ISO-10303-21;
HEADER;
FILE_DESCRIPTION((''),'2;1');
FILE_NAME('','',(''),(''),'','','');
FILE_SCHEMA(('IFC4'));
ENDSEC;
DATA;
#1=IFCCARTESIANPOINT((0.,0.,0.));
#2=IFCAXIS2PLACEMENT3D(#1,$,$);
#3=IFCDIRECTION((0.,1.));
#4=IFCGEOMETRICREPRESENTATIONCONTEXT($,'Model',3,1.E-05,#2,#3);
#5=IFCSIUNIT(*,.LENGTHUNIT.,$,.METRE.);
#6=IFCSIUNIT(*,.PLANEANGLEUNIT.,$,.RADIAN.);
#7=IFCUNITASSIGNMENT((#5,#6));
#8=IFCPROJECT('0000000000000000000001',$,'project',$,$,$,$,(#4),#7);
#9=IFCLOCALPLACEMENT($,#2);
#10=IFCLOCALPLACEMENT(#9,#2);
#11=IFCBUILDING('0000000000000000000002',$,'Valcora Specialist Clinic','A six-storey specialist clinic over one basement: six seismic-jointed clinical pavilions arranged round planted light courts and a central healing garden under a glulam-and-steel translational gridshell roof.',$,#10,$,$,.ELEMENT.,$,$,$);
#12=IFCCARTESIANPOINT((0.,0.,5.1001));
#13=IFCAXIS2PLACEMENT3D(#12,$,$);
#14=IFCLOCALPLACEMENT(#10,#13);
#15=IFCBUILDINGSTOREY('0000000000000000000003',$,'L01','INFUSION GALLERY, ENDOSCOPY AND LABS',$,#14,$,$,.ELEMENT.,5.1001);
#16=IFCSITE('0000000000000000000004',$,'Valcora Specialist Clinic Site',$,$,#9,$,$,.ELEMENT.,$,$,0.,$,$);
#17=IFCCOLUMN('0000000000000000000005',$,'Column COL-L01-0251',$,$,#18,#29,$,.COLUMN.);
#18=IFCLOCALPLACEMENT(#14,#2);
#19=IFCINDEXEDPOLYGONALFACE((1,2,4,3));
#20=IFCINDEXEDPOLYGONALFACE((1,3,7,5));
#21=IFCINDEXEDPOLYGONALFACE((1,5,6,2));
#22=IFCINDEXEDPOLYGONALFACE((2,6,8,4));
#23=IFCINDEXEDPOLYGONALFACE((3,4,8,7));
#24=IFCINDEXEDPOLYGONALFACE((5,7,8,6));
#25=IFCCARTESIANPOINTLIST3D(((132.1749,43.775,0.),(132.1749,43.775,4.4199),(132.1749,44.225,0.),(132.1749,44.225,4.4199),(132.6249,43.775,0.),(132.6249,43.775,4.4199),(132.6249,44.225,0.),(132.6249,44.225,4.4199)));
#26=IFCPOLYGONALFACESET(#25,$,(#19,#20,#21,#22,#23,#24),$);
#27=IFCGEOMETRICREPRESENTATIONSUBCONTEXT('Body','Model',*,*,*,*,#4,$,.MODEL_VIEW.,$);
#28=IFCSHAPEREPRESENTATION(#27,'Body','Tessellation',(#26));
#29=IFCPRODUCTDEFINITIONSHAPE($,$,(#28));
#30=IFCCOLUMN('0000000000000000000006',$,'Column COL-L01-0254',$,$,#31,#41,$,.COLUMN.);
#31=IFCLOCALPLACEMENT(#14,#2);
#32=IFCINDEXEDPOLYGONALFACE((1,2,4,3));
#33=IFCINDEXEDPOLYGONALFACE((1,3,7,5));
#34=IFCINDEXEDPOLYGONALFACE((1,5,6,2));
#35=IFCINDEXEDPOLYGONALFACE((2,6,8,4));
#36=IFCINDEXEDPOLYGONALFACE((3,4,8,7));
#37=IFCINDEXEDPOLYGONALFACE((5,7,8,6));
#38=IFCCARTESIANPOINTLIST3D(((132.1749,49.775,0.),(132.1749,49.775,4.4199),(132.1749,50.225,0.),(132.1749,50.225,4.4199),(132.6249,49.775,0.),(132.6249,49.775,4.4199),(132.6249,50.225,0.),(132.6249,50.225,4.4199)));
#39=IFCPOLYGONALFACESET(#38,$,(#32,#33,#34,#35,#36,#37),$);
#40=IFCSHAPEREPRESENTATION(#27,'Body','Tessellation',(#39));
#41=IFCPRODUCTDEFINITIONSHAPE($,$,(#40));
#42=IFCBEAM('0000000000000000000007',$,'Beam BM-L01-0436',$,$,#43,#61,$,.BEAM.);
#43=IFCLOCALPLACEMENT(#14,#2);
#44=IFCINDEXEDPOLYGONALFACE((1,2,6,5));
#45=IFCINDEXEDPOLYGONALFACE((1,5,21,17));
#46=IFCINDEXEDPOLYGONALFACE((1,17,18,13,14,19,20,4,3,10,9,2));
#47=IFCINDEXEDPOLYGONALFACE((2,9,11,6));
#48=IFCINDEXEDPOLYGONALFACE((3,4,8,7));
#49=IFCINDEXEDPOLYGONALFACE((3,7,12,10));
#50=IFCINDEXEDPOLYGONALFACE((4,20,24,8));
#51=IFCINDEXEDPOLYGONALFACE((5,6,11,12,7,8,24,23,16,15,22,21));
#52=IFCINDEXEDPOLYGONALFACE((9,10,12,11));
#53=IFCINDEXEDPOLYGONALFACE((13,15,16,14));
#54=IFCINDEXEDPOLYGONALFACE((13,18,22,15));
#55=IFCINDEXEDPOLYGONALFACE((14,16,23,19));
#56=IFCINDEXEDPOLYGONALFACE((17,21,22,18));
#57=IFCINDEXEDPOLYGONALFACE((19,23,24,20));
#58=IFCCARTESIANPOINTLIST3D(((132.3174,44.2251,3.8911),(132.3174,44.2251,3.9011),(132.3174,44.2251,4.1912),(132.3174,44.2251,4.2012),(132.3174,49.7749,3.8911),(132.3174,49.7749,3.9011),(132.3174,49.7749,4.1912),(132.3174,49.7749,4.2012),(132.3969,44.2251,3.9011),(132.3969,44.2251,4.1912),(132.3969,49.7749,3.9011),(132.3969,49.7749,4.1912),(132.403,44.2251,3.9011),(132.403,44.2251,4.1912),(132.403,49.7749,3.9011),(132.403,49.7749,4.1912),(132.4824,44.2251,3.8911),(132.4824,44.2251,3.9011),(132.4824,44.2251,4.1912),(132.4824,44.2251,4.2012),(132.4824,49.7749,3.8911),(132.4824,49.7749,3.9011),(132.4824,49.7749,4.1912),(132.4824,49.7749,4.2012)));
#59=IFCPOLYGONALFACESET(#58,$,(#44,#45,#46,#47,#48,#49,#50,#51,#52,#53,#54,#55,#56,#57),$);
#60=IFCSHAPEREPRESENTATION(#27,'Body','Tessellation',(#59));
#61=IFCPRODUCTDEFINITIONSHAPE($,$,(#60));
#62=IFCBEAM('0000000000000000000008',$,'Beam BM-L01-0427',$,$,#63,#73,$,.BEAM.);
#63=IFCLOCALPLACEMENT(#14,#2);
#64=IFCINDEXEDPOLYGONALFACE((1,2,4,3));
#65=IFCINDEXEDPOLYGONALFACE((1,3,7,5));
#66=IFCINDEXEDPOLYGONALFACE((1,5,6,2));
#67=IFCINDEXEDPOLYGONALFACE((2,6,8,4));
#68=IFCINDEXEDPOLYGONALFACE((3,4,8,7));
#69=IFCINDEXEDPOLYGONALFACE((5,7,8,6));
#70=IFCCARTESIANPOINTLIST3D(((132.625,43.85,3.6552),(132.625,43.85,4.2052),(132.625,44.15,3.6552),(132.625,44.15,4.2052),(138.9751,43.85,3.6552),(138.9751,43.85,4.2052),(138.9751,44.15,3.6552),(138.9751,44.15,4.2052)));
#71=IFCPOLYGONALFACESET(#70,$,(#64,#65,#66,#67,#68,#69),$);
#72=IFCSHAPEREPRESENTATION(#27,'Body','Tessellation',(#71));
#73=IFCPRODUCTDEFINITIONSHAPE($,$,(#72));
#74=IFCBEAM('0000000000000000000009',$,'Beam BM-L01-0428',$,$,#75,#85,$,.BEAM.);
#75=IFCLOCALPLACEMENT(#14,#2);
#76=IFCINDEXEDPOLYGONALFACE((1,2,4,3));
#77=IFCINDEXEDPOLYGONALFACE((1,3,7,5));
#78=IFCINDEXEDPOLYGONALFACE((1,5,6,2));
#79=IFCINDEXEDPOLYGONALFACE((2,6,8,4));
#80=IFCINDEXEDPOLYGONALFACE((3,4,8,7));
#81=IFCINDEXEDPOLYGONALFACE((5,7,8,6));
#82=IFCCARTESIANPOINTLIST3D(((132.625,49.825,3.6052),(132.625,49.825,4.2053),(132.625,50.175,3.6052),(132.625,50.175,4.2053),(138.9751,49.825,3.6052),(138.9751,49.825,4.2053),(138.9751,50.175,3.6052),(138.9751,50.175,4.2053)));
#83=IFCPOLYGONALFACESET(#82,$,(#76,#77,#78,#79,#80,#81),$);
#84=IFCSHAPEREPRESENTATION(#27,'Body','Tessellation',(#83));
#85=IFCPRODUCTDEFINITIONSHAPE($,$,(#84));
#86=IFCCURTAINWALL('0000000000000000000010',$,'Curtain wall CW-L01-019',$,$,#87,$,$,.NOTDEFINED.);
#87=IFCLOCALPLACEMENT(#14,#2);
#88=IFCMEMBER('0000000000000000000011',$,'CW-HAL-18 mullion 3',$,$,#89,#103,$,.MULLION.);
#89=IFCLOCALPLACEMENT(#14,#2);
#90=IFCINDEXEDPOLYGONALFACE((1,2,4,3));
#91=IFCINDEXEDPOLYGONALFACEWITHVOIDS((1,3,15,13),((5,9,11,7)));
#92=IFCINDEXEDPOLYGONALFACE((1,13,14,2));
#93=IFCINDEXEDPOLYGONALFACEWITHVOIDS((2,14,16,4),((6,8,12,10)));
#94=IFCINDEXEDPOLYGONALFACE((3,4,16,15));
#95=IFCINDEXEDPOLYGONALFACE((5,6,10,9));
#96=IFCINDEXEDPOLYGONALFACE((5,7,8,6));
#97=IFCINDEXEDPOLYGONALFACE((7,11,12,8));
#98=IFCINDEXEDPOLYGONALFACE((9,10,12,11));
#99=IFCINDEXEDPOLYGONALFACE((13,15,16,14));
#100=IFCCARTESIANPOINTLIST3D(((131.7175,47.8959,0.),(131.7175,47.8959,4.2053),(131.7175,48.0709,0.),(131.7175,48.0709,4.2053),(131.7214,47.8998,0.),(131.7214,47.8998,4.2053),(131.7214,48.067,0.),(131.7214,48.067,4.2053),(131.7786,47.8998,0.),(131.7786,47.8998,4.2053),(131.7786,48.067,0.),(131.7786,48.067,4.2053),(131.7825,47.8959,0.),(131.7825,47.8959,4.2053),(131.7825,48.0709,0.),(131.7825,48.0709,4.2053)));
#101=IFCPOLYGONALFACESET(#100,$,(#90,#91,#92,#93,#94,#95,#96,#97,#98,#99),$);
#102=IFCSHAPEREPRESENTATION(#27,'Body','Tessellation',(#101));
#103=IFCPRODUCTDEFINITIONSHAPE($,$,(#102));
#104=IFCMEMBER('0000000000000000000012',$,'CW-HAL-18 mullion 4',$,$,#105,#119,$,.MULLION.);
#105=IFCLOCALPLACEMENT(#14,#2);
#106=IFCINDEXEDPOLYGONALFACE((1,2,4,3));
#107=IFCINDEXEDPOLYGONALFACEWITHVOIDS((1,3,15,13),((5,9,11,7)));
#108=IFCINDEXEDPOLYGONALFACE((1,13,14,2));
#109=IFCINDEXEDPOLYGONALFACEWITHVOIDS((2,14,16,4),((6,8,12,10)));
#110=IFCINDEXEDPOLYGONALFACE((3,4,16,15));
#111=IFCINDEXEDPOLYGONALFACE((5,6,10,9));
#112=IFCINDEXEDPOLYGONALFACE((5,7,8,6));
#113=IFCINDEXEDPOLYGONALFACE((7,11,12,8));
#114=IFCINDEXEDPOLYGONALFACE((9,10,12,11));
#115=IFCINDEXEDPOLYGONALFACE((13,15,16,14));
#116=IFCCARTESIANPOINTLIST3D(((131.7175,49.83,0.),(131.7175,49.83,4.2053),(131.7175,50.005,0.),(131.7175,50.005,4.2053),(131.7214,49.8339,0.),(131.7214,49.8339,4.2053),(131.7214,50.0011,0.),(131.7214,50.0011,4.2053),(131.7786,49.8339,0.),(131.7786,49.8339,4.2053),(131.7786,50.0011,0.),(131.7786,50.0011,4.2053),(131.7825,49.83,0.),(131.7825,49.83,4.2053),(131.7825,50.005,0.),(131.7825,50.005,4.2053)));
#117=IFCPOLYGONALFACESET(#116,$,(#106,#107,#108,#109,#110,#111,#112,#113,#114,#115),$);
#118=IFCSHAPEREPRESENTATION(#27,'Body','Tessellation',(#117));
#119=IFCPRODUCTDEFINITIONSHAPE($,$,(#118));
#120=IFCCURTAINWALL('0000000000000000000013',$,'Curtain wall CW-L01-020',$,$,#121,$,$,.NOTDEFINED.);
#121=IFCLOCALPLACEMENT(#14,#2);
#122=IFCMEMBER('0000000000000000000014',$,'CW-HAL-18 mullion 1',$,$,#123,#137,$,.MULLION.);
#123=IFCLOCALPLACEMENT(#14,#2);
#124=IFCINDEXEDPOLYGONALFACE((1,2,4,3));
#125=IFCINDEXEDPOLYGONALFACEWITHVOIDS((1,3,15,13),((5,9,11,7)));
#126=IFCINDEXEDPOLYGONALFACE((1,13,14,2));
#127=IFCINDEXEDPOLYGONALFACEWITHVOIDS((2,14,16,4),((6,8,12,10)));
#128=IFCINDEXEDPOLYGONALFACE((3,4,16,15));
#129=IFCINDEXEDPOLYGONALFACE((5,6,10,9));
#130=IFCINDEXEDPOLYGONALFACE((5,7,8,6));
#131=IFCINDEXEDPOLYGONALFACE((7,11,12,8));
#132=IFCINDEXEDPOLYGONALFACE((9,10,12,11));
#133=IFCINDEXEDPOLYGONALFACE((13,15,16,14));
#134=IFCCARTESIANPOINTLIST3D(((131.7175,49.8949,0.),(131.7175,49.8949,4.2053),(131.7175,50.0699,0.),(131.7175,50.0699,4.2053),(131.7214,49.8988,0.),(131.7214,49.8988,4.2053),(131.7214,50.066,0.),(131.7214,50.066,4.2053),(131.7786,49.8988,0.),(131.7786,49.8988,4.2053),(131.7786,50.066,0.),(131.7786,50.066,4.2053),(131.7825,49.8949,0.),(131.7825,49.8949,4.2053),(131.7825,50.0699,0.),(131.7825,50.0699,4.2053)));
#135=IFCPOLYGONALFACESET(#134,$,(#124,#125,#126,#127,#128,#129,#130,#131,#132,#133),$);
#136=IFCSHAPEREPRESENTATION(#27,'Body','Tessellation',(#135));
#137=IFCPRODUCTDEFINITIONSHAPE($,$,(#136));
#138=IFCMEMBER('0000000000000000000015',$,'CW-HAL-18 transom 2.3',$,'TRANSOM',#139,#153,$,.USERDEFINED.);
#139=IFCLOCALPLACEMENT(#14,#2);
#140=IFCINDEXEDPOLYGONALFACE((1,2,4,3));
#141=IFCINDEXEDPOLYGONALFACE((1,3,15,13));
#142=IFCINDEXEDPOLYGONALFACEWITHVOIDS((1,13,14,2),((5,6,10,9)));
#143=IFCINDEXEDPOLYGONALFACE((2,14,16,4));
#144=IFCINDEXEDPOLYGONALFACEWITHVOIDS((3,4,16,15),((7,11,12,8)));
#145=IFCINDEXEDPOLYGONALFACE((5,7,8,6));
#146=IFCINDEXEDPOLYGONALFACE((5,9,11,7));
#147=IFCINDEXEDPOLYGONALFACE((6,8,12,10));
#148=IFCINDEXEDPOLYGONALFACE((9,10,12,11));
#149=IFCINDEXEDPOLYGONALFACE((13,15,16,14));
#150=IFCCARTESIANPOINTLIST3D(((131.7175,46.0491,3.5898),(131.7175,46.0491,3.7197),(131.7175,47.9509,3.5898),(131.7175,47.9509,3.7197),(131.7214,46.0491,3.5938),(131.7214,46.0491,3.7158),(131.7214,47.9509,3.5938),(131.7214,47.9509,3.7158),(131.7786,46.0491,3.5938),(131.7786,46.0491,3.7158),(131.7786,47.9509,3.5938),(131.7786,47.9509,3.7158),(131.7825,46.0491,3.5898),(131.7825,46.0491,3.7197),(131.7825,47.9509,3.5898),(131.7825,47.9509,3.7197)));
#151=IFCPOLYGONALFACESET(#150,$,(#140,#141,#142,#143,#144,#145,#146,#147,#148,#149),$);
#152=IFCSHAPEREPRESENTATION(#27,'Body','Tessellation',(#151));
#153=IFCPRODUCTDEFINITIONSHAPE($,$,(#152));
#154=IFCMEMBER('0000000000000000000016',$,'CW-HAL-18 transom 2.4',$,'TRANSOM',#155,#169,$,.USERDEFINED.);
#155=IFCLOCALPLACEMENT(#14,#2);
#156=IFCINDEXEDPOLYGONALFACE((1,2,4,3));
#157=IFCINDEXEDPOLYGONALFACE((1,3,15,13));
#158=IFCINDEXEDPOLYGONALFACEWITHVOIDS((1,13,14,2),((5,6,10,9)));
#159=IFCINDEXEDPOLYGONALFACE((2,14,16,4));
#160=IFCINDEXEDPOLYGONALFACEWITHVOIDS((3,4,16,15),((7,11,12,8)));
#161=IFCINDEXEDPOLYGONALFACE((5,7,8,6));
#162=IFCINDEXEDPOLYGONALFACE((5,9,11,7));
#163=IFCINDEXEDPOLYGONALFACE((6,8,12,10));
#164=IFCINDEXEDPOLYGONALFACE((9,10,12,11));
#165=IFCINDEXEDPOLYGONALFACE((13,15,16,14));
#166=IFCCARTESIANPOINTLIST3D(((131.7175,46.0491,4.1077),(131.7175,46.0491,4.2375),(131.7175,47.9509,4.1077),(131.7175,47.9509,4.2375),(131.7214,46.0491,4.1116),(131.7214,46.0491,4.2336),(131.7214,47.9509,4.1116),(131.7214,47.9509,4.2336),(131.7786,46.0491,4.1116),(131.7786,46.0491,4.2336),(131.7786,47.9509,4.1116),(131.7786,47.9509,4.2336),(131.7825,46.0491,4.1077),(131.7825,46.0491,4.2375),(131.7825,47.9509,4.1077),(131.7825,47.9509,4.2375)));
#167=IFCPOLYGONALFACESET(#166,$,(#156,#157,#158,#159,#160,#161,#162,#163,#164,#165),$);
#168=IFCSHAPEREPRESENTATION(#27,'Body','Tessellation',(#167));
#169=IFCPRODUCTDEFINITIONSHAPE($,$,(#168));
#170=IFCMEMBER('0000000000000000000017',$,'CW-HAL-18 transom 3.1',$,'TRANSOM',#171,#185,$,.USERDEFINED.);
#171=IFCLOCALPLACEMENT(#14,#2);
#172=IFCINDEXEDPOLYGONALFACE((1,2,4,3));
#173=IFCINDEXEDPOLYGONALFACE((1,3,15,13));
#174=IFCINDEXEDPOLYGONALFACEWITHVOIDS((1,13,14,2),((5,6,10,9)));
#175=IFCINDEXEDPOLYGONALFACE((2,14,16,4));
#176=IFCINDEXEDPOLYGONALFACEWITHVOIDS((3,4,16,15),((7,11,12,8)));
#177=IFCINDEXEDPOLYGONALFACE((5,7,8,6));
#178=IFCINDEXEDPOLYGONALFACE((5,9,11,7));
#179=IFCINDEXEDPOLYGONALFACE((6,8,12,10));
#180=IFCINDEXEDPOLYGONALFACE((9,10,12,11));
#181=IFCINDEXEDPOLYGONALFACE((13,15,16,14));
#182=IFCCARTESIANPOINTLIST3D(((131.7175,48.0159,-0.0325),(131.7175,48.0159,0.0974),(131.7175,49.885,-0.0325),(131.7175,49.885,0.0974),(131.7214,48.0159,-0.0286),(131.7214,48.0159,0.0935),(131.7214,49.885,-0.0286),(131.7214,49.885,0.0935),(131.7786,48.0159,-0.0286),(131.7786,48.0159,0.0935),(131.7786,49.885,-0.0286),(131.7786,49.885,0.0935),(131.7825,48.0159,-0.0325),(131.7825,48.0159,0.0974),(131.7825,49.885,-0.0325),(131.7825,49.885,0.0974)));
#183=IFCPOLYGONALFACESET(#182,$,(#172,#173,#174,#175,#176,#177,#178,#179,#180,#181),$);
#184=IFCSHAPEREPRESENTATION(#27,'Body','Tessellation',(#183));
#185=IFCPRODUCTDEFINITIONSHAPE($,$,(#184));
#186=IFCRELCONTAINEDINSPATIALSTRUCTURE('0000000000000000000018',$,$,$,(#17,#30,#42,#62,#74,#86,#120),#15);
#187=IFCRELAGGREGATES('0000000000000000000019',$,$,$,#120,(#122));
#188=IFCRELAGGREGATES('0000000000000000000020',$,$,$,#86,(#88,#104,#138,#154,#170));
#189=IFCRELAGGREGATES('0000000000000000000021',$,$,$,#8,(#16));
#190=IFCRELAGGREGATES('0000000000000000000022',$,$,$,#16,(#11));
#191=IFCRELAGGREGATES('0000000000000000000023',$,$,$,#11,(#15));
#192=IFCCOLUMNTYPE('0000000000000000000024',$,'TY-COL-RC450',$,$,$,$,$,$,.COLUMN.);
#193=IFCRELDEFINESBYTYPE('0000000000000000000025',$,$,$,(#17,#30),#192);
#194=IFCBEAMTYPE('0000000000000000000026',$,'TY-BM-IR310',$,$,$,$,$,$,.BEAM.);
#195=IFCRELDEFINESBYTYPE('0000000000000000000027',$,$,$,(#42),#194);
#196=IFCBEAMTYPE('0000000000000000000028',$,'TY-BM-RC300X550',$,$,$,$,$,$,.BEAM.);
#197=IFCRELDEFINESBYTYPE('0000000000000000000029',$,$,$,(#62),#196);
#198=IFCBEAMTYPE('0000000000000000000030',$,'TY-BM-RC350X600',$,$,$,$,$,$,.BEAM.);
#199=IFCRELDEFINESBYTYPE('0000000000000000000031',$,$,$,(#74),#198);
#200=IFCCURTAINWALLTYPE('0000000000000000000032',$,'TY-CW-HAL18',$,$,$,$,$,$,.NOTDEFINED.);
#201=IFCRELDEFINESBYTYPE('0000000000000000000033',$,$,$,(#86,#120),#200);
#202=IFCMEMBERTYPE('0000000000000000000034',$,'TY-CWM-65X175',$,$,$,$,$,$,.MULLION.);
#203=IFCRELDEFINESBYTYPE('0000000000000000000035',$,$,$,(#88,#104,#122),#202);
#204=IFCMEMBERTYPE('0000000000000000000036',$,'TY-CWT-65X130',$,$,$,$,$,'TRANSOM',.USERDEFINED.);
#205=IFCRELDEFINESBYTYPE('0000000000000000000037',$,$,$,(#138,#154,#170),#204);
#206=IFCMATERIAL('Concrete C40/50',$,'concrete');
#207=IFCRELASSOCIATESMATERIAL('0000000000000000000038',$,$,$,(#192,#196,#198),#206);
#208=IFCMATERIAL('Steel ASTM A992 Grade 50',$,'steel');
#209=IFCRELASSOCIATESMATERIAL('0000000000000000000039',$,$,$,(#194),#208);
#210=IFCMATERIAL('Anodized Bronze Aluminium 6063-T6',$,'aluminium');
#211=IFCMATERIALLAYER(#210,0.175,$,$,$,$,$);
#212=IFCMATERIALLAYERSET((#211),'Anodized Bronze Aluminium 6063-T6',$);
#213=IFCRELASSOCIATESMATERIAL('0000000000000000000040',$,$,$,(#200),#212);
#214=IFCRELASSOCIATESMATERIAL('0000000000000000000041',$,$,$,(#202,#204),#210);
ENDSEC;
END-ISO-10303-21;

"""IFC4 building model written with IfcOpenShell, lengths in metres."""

from ifc_helpers import new_model, si_unit, direction, frame, origin, origin_2d, place, context, subcontext, project, spatial, rectangle, hollow_rectangle, i_section, extrude, material, layer, layer_set, material_profile, profile_set, type_object, element, aggregate, save


model = new_model("IFC4")

# Units and contexts
model_context = context("Model", 3, precision=1e-05, world=origin(), true_north=direction((0.0, 1.0)))
body_context = subcontext(model_context, "Body", "Model", "MODEL_VIEW")
ifc_project = project(units=[si_unit("LENGTHUNIT", "METRE"), si_unit("PLANEANGLEUNIT", "RADIAN")], contexts=[model_context])

# Site, building, storey
site_placement = place(None, origin())
site = spatial("IfcSite", under=ifc_project, at=site_placement, Name="Valcora Specialist Clinic Site", CompositionType="ELEMENT", RefElevation=0.0)
building_placement = place(site_placement, origin())
building = spatial("IfcBuilding", under=site, at=building_placement, Name="Valcora Specialist Clinic", Description="A six-storey specialist clinic over one basement: six seismic-jointed clinical pavilions arranged round planted light courts and a central healing garden under a glulam-and-steel translational gridshell roof.", CompositionType="ELEMENT")
storey_placement = place(building_placement, frame((0.0, 0.0, 5.1001)))
storey = spatial("IfcBuildingStorey", under=building, at=storey_placement, Name="L01", Description="INFUSION GALLERY, ENDOSCOPY AND LABS", CompositionType="ELEMENT", Elevation=5.1001)

# Columns
ifc_material_1 = material(Name="Concrete C40/50", Category="concrete")
ifc_material_profile_1 = material_profile(ifc_material_1, rectangle(XDim=0.45, YDim=0.45, at=origin_2d()), Name="RC-COL-450X450")
ifc_profile_set_1 = profile_set([ifc_material_profile_1], Name="Concrete C40/50")
column_type = type_object("IfcColumnType", Name="TY-COL-RC450", PredefinedType="COLUMN", material=ifc_profile_set_1)
for number, where, z_axis, x_axis, name in (
    (1, (132.3999, 44.0, 0.0), (0.0, 0.0, 1.0), (1.0, 0.0, 0.0), "Column COL-L01-0251"),
    (2, (132.3999, 50.0, 0.0), (0.0, 0.0, 1.0), (1.0, 0.0, 0.0), "Column COL-L01-0254"),
):
    element("IfcColumn", number, at=place(storey_placement, frame(where, z_axis=z_axis, x_axis=x_axis)), inside=storey, type_object=column_type, Name=name, PredefinedType="COLUMN", context=body_context, shape_type="SweptSolid", body=[
        extrude(rectangle(XDim=0.45, YDim=0.45, at=origin_2d()), origin(), (0.0, 0.0, 1.0), 4.4199),
    ])

# Beams
ifc_material_2 = material(Name="Steel ASTM A992 Grade 50", Category="steel")
ifc_material_profile_2 = material_profile(ifc_material_2, i_section(OverallWidth=0.165, OverallDepth=0.3101, WebThickness=0.0061, FlangeThickness=0.01, at=origin_2d()), Name="ST-IR-310X165")
ifc_profile_set_2 = profile_set([ifc_material_profile_2], Name="Steel ASTM A992 Grade 50")
beam_type_1 = type_object("IfcBeamType", Name="TY-BM-IR310", PredefinedType="BEAM", material=ifc_profile_set_2)
beam_1_placement = place(storey_placement, frame((132.3999, 44.2251, 4.0461), z_axis=(0.0, 1.0, 0.0), x_axis=(-1.0, 0.0, 0.0)))
element("IfcBeam", 3, at=beam_1_placement, inside=storey, type_object=beam_type_1, Name="Beam BM-L01-0436", PredefinedType="BEAM", context=body_context, shape_type="SweptSolid", body=[
    extrude(i_section(OverallWidth=0.165, OverallDepth=0.3101, WebThickness=0.0061, FlangeThickness=0.01, at=origin_2d()), origin(), (0.0, 0.0, 1.0), 5.5498),
])
ifc_material_profile_3 = material_profile(ifc_material_1, rectangle(XDim=0.3, YDim=0.55, at=origin_2d()), Name="RC-BM-300X550")
ifc_profile_set_3 = profile_set([ifc_material_profile_3], Name="Concrete C40/50")
beam_type_2 = type_object("IfcBeamType", Name="TY-BM-RC300X550", PredefinedType="BEAM", material=ifc_profile_set_3)
beam_2_placement = place(storey_placement, frame((132.625, 44.0, 3.9302), z_axis=(1.0, 0.0, 0.0), x_axis=(0.0, 1.0, 0.0)))
element("IfcBeam", 4, at=beam_2_placement, inside=storey, type_object=beam_type_2, Name="Beam BM-L01-0427", PredefinedType="BEAM", context=body_context, shape_type="SweptSolid", body=[
    extrude(rectangle(XDim=0.3, YDim=0.55, at=origin_2d()), origin(), (0.0, 0.0, 1.0), 6.3501),
])
ifc_material_profile_4 = material_profile(ifc_material_1, rectangle(XDim=0.3501, YDim=0.6001, at=origin_2d()), Name="RC-BM-350X600")
ifc_profile_set_4 = profile_set([ifc_material_profile_4], Name="Concrete C40/50")
beam_type_3 = type_object("IfcBeamType", Name="TY-BM-RC350X600", PredefinedType="BEAM", material=ifc_profile_set_4)
beam_3_placement = place(storey_placement, frame((132.625, 50.0, 3.9053), z_axis=(1.0, 0.0, 0.0), x_axis=(0.0, 1.0, 0.0)))
element("IfcBeam", 5, at=beam_3_placement, inside=storey, type_object=beam_type_3, Name="Beam BM-L01-0428", PredefinedType="BEAM", context=body_context, shape_type="SweptSolid", body=[
    extrude(rectangle(XDim=0.3501, YDim=0.6001, at=origin_2d()), origin(), (0.0, 0.0, 1.0), 6.3501),
])

# Curtain wall, members
ifc_material_3 = material(Name="Anodized Bronze Aluminium 6063-T6", Category="aluminium")
ifc_layer_1 = layer(ifc_material_3, 0.175)
ifc_layer_set_1 = layer_set([ifc_layer_1], Name="Anodized Bronze Aluminium 6063-T6")
curtain_wall_type = type_object("IfcCurtainWallType", Name="TY-CW-HAL18", PredefinedType="NOTDEFINED", material=ifc_layer_set_1)
curtain_wall_1_placement = place(storey_placement, origin())
curtain_wall_1 = element("IfcCurtainWall", 6, at=curtain_wall_1_placement, inside=storey, type_object=curtain_wall_type, Name="Curtain wall CW-L01-019", PredefinedType="NOTDEFINED")
ifc_material_profile_5 = material_profile(ifc_material_3, hollow_rectangle(XDim=0.0649, YDim=0.175, WallThickness=0.0039, at=origin_2d()), Name="AL-MUL-65X175")
ifc_profile_set_5 = profile_set([ifc_material_profile_5], Name="Anodized Bronze Aluminium 6063-T6")
member_type_1 = type_object("IfcMemberType", Name="TY-CWM-65X175", PredefinedType="MULLION", material=ifc_profile_set_5)
member_1_placement = place(storey_placement, frame((131.75, 47.9834, 0.0), z_axis=(0.0, 0.0, 1.0), x_axis=(-1.0, 0.0, 0.0)))
member_1 = element("IfcMember", 7, at=member_1_placement, type_object=member_type_1, Name="CW-HAL-18 mullion 3", PredefinedType="MULLION", context=body_context, shape_type="SweptSolid", body=[
    extrude(hollow_rectangle(XDim=0.0649, YDim=0.175, WallThickness=0.0039, at=origin_2d()), origin(), (0.0, 0.0, 1.0), 4.2053),
])
member_2_placement = place(storey_placement, frame((131.75, 49.9175, 0.0), z_axis=(0.0, 0.0, 1.0), x_axis=(-1.0, 0.0, 0.0)))
member_2 = element("IfcMember", 8, at=member_2_placement, type_object=member_type_1, Name="CW-HAL-18 mullion 4", PredefinedType="MULLION", context=body_context, shape_type="SweptSolid", body=[
    extrude(hollow_rectangle(XDim=0.0649, YDim=0.175, WallThickness=0.0039, at=origin_2d()), origin(), (0.0, 0.0, 1.0), 4.2053),
])

# Curtain wall, member
curtain_wall_2_placement = place(storey_placement, origin())
curtain_wall_2 = element("IfcCurtainWall", 9, at=curtain_wall_2_placement, inside=storey, type_object=curtain_wall_type, Name="Curtain wall CW-L01-020", PredefinedType="NOTDEFINED")
member_3_placement = place(storey_placement, frame((131.75, 49.9824, 0.0), z_axis=(0.0, 0.0, 1.0), x_axis=(-1.0, 0.0, 0.0)))
member_3 = element("IfcMember", 10, at=member_3_placement, type_object=member_type_1, Name="CW-HAL-18 mullion 1", PredefinedType="MULLION", context=body_context, shape_type="SweptSolid", body=[
    extrude(hollow_rectangle(XDim=0.0649, YDim=0.175, WallThickness=0.0039, at=origin_2d()), origin(), (0.0, 0.0, 1.0), 4.2053),
])

# Members
ifc_material_profile_6 = material_profile(ifc_material_3, hollow_rectangle(XDim=0.0649, YDim=0.1299, WallThickness=0.0039, at=origin_2d()), Name="AL-TRN-65X130")
ifc_profile_set_6 = profile_set([ifc_material_profile_6], Name="Anodized Bronze Aluminium 6063-T6")
member_type_2 = type_object("IfcMemberType", Name="TY-CWT-65X130", ElementType="TRANSOM", PredefinedType="USERDEFINED", material=ifc_profile_set_6)
member_4_placement = place(storey_placement, frame((131.75, 46.0491, 3.6548), z_axis=(0.0, 1.0, 0.0), x_axis=(-1.0, 0.0, 0.0)))
member_4 = element("IfcMember", 11, at=member_4_placement, type_object=member_type_2, Name="CW-HAL-18 transom 2.3", ObjectType="TRANSOM", PredefinedType="USERDEFINED", context=body_context, shape_type="SweptSolid", body=[
    extrude(hollow_rectangle(XDim=0.0649, YDim=0.1299, WallThickness=0.0039, at=origin_2d()), origin(), (0.0, 0.0, 1.0), 1.9019),
])
member_5_placement = place(storey_placement, frame((131.75, 46.0491, 4.1726), z_axis=(0.0, 1.0, 0.0), x_axis=(-1.0, 0.0, 0.0)))
member_5 = element("IfcMember", 12, at=member_5_placement, type_object=member_type_2, Name="CW-HAL-18 transom 2.4", ObjectType="TRANSOM", PredefinedType="USERDEFINED", context=body_context, shape_type="SweptSolid", body=[
    extrude(hollow_rectangle(XDim=0.0649, YDim=0.1299, WallThickness=0.0039, at=origin_2d()), origin(), (0.0, 0.0, 1.0), 1.9019),
])
member_6_placement = place(storey_placement, frame((131.75, 48.0159, 0.0325), z_axis=(0.0, 1.0, 0.0), x_axis=(-1.0, 0.0, 0.0)))
member_6 = element("IfcMember", 13, at=member_6_placement, type_object=member_type_2, Name="CW-HAL-18 transom 3.1", ObjectType="TRANSOM", PredefinedType="USERDEFINED", context=body_context, shape_type="SweptSolid", body=[
    extrude(hollow_rectangle(XDim=0.0649, YDim=0.1299, WallThickness=0.0039, at=origin_2d()), origin(), (0.0, 0.0, 1.0), 1.8691),
])
aggregate(curtain_wall_2, [member_3])

aggregate(curtain_wall_1, [member_1, member_2, member_4, member_5, member_6])

save(model, "model.ifc")
